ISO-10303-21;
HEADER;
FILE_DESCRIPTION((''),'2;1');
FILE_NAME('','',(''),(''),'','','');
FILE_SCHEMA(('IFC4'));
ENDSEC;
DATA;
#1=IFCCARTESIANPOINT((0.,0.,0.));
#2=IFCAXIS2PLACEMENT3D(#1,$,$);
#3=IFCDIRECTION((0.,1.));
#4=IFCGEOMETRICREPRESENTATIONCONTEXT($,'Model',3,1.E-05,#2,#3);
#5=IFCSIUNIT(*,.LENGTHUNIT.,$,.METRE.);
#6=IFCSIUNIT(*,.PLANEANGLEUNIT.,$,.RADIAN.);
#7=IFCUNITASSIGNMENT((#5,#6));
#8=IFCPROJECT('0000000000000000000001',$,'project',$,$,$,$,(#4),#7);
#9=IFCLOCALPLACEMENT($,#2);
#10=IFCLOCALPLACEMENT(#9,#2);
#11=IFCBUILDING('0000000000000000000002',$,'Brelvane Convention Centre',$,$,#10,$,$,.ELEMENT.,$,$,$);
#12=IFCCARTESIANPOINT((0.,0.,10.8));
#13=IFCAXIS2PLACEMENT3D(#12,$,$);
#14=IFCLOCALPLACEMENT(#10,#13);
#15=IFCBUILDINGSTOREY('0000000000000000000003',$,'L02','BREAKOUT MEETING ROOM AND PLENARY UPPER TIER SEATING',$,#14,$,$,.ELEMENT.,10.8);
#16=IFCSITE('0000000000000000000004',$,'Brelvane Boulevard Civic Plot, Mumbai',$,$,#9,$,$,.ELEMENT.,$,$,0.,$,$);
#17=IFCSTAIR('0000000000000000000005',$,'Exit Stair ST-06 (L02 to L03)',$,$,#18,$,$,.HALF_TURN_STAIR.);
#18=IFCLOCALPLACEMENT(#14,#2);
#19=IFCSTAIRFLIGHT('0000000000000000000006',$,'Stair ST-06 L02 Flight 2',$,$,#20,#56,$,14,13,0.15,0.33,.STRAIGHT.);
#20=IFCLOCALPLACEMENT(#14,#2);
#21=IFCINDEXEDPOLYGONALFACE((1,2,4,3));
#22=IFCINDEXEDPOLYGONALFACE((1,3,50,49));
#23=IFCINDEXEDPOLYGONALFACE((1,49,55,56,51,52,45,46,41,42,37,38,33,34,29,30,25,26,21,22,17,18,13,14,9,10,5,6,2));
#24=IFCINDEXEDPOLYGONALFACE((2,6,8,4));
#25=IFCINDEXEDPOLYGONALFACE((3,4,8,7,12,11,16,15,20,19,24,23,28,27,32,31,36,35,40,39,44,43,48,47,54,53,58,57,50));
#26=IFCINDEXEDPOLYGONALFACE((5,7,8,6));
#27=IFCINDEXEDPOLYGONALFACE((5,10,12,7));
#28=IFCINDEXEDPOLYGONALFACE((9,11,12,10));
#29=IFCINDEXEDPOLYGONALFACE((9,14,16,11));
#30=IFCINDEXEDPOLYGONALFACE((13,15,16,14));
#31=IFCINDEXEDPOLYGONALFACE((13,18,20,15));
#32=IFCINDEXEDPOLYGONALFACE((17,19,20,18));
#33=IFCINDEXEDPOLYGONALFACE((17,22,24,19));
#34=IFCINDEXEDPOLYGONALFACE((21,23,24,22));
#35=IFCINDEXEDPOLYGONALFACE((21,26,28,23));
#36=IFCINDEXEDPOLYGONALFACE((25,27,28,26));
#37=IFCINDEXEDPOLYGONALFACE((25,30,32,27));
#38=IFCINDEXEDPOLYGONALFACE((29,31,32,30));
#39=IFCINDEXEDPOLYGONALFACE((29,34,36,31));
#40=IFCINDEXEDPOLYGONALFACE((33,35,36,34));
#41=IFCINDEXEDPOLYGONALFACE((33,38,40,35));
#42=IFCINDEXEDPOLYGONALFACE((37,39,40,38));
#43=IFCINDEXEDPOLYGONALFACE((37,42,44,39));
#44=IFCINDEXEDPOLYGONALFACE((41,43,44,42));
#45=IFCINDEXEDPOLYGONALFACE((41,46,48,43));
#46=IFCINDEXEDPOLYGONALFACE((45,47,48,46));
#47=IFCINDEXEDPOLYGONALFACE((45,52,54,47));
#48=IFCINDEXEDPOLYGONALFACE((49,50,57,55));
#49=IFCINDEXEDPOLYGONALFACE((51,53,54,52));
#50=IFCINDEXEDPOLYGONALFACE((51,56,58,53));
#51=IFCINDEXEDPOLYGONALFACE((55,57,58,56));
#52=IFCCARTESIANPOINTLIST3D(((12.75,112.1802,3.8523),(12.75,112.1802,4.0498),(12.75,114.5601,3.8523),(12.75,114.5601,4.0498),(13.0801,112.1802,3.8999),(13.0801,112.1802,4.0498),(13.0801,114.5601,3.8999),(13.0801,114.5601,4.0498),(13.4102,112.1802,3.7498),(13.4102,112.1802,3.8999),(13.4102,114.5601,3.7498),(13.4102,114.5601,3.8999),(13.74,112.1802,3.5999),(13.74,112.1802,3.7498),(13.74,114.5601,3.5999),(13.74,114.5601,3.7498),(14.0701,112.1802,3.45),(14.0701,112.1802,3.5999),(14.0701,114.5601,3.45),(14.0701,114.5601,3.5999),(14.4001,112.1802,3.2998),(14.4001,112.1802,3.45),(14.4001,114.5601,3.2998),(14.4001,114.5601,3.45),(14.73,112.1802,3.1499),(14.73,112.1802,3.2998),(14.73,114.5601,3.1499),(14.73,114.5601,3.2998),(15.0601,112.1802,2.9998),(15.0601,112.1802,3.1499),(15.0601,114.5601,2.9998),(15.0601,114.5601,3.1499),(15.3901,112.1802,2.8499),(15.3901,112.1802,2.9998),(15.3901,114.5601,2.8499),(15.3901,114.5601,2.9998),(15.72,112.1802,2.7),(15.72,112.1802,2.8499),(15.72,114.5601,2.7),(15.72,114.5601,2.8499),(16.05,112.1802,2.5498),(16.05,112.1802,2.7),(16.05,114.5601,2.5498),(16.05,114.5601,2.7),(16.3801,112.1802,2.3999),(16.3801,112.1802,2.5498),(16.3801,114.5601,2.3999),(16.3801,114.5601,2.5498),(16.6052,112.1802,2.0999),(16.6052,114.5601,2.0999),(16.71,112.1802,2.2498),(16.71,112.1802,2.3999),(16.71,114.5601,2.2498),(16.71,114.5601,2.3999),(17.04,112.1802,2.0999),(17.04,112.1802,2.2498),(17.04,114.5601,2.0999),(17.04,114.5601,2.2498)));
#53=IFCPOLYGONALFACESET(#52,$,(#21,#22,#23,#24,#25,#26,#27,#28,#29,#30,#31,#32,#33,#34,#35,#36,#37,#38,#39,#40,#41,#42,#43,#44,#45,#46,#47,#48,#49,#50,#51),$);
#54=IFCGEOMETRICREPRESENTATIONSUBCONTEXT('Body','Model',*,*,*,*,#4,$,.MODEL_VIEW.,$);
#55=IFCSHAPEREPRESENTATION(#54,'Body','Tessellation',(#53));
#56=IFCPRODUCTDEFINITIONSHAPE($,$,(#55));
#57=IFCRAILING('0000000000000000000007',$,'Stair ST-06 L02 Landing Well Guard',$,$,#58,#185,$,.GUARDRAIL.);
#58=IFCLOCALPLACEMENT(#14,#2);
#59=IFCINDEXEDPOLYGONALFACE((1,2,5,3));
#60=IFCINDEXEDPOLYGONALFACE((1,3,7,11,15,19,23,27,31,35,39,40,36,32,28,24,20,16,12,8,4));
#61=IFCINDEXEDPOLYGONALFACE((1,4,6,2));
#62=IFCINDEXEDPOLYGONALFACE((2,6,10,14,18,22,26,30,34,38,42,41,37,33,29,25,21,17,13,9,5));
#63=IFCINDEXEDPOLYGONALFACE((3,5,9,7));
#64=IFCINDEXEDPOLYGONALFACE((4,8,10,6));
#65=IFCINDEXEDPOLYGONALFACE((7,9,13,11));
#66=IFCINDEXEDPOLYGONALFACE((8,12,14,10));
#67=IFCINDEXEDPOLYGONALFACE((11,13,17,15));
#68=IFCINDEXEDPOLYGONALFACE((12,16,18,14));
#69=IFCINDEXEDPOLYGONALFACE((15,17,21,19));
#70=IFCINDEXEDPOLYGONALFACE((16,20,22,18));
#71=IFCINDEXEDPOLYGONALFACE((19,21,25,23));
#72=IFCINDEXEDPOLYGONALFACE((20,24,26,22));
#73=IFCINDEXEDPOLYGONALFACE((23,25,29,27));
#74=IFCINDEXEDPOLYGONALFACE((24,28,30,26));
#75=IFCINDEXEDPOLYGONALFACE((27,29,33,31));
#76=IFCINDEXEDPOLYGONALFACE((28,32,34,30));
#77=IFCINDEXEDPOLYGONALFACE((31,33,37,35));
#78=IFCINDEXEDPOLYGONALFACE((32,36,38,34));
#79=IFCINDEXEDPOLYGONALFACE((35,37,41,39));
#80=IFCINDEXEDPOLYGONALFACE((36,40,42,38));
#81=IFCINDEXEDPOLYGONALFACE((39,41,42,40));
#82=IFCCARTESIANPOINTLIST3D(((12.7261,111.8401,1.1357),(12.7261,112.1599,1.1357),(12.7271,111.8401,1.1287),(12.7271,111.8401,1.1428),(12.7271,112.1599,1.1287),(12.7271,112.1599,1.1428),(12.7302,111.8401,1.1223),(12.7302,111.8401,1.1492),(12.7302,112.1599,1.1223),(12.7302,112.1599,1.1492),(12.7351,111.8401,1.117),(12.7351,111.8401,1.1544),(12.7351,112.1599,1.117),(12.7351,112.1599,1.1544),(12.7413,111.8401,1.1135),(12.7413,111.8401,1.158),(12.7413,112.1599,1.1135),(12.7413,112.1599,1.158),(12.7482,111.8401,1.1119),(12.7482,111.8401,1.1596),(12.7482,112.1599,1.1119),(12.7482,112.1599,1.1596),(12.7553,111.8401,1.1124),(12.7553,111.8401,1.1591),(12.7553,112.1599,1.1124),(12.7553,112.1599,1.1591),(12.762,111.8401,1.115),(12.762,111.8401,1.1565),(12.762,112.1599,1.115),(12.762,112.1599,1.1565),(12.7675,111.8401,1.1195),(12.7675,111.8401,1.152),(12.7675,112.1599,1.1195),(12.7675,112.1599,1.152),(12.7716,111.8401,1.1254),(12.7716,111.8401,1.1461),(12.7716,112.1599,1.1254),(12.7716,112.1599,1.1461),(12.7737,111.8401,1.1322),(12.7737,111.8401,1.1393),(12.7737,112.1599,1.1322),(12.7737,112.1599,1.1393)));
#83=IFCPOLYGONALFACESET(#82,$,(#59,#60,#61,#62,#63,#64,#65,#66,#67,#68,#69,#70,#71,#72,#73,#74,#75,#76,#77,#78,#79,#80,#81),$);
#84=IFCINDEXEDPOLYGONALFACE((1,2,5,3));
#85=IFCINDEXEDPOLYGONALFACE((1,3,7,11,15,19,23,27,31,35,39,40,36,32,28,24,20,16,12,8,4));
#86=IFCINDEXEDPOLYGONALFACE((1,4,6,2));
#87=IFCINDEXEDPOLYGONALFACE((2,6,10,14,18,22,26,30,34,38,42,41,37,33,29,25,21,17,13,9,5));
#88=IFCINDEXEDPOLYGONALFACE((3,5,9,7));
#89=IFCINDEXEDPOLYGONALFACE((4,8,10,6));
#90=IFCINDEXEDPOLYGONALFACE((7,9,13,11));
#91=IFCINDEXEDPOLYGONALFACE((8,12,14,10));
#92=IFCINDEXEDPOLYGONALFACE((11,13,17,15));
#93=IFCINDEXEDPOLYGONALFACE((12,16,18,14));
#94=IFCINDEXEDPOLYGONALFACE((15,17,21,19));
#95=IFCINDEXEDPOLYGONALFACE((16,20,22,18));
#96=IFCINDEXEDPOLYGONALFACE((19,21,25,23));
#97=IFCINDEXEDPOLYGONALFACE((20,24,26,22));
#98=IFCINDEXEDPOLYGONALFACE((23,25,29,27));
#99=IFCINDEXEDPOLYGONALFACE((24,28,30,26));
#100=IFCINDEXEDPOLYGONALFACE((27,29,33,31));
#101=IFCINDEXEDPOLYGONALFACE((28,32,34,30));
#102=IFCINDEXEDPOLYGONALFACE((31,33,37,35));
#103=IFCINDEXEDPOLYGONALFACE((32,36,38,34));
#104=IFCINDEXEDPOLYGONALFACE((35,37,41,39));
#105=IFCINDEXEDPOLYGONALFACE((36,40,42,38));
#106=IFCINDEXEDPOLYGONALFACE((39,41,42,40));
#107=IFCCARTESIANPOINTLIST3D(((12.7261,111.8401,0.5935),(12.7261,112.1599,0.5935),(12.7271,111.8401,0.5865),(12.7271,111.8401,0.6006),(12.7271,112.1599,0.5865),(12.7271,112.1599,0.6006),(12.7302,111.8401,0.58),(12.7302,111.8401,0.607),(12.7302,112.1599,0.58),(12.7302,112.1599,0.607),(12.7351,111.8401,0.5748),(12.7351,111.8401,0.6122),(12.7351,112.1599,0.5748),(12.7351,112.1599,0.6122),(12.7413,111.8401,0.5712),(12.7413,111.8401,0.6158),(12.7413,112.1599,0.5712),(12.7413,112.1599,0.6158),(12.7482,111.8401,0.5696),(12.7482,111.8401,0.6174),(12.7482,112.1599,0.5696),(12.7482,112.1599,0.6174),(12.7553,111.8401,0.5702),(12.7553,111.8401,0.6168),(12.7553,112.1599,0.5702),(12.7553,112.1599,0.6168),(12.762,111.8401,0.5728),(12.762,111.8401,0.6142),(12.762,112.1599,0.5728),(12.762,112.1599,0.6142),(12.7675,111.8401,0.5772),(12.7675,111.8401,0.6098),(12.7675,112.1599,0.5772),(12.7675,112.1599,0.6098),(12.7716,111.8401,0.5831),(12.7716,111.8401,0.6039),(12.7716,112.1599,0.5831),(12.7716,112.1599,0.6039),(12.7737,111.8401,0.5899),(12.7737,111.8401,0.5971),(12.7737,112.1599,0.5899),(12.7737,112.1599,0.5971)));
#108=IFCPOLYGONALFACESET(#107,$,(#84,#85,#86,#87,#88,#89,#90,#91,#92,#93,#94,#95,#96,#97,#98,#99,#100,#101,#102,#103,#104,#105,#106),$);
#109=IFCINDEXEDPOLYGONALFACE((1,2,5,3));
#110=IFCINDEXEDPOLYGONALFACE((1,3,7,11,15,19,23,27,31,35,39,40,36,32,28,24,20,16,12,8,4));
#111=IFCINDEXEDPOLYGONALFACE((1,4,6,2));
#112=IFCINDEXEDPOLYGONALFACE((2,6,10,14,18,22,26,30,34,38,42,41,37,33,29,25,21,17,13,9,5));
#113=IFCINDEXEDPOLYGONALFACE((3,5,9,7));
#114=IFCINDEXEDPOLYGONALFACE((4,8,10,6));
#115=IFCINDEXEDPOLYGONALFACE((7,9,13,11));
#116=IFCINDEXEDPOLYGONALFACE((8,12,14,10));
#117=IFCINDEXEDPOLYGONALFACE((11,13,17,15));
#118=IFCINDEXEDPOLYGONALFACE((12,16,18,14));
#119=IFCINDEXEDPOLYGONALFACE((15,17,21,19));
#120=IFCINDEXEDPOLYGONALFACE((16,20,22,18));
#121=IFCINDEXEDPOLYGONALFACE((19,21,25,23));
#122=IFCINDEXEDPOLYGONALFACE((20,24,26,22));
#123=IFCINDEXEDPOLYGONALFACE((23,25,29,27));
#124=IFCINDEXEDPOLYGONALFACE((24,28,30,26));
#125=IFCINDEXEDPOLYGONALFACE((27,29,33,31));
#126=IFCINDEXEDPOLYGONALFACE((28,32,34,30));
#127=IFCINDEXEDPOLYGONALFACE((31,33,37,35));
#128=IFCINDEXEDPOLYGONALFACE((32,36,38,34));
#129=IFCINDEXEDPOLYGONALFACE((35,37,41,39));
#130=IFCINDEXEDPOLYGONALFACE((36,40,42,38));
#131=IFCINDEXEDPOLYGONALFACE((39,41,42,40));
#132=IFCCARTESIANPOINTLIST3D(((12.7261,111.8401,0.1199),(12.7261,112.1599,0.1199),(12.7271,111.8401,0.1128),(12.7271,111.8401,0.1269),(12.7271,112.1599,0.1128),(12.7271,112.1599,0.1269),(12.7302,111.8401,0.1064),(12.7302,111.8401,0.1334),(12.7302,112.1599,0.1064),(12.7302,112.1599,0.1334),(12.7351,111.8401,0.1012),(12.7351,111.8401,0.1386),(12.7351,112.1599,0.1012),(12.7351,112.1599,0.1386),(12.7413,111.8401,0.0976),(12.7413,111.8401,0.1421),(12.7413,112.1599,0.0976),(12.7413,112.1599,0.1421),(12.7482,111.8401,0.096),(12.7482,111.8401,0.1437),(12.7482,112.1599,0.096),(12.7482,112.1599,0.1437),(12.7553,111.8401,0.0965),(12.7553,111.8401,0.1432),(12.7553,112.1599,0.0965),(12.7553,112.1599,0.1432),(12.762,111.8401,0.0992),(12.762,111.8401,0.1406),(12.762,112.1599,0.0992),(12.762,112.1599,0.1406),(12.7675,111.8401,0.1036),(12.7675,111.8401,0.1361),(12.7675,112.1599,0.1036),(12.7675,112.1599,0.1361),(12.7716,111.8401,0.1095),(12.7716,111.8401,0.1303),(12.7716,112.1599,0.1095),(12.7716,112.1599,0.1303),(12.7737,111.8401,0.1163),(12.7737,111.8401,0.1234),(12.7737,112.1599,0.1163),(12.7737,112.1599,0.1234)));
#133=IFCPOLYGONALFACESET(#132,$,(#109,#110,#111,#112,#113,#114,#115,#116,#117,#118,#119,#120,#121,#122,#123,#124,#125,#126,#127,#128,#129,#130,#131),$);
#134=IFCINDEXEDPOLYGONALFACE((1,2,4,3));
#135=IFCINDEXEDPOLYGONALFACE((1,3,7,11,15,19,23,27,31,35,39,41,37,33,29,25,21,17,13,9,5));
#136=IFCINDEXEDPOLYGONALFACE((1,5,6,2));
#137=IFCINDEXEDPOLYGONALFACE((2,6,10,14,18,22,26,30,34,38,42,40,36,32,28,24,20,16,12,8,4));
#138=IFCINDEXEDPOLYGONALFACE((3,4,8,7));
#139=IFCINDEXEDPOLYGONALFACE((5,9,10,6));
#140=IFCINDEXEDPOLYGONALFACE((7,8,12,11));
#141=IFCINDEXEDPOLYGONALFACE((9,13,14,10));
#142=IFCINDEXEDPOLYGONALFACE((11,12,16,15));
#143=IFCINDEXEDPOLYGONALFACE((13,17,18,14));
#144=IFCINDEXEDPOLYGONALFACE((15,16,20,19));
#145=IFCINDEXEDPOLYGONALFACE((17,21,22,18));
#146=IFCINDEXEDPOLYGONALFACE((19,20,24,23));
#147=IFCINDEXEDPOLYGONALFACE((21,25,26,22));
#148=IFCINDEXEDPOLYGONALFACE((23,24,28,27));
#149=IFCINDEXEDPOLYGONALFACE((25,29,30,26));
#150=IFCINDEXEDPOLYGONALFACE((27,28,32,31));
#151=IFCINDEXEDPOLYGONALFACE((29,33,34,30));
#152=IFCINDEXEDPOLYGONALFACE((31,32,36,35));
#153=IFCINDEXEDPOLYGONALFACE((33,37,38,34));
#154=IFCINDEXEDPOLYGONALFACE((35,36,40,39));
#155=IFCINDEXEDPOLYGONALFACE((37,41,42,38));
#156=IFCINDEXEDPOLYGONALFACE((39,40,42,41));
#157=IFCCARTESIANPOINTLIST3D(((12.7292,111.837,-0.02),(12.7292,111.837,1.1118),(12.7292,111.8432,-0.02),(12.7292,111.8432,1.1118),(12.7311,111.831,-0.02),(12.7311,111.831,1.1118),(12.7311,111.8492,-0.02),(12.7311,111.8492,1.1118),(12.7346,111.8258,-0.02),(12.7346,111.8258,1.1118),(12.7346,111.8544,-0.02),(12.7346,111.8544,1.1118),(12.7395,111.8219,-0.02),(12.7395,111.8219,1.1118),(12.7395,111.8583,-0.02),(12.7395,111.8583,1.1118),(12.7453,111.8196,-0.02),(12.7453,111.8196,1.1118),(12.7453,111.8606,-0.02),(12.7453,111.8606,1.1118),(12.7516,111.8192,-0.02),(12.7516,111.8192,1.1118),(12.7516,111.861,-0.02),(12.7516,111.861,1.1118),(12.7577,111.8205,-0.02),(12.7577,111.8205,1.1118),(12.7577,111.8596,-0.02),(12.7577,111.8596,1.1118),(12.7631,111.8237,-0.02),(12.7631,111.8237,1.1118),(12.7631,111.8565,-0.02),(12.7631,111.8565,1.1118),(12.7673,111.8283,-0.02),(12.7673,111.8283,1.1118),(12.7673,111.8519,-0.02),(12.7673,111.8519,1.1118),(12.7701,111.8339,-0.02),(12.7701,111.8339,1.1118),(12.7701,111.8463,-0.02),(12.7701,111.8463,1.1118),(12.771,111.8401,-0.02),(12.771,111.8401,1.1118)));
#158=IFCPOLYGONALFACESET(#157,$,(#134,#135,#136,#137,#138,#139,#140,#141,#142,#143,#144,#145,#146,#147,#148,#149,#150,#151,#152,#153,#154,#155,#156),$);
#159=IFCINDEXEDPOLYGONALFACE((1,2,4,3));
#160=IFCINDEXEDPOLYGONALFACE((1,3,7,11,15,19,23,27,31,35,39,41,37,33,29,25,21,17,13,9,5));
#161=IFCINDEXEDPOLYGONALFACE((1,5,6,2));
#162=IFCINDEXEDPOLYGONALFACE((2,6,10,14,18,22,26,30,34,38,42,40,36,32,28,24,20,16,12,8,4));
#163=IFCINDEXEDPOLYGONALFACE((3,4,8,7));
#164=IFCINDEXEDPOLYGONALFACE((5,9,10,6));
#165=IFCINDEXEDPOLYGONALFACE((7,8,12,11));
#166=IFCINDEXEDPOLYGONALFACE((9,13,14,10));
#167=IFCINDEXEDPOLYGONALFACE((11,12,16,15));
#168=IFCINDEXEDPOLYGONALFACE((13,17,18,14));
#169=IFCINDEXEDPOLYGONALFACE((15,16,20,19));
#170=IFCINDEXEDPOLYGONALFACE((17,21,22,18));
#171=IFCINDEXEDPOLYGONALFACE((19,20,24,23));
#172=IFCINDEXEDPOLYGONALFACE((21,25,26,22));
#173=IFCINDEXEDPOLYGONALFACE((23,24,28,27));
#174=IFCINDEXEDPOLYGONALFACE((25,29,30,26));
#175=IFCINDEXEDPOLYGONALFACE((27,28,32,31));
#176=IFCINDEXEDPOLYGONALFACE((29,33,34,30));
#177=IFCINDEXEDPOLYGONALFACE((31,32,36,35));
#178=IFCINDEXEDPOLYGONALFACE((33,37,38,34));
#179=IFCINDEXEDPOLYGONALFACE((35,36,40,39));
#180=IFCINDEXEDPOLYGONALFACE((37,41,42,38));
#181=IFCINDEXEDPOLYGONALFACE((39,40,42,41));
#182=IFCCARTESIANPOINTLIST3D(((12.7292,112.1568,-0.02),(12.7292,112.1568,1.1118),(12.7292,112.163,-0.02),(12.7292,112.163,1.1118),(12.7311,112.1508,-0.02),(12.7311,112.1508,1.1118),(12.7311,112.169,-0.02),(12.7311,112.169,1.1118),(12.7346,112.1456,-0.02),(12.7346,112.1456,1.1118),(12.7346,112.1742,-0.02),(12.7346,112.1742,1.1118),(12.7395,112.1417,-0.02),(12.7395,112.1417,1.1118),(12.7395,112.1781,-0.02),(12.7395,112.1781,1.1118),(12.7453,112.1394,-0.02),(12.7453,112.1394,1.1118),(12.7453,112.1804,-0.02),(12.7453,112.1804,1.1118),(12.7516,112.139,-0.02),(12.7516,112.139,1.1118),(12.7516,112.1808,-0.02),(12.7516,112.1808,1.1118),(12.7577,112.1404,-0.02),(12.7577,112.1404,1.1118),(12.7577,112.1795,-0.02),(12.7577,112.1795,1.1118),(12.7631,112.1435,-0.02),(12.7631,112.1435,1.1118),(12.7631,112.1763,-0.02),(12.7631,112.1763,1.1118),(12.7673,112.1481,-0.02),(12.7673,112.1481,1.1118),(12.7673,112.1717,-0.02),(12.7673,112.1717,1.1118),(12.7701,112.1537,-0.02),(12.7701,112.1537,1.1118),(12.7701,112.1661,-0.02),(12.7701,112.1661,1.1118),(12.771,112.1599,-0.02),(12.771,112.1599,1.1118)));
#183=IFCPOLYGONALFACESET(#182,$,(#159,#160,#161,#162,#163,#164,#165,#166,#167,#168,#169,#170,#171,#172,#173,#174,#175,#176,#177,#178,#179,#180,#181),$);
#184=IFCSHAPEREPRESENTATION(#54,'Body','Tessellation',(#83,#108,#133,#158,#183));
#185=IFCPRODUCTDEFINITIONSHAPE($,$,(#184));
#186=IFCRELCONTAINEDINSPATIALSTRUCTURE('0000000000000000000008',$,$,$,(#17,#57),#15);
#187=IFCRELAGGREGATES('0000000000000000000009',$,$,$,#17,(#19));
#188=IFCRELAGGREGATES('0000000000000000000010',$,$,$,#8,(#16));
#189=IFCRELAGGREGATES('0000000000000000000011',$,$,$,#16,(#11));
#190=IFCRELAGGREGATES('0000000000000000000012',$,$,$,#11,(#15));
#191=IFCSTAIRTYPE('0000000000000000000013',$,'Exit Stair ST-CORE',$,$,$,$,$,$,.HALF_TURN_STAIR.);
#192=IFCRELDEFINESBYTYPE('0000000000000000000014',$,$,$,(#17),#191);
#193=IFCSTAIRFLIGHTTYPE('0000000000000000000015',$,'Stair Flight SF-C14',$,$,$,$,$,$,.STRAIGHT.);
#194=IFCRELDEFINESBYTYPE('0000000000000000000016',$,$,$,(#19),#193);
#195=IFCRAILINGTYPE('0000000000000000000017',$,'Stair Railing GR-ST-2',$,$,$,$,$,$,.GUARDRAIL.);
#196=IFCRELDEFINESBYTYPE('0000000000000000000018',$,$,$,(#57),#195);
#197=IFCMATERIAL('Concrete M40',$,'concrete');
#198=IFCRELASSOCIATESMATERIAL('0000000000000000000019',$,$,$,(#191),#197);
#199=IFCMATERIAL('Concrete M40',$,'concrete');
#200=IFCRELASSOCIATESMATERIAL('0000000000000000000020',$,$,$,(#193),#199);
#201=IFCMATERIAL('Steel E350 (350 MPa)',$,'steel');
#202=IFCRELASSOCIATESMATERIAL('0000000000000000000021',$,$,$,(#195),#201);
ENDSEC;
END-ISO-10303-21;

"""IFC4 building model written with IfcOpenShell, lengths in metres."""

from ifc_helpers import new_model, si_unit, direction, frame, origin, origin_2d, place, context, subcontext, project, spatial, polyline, circle, outline, extrude, material, type_object, element, aggregate, save


model = new_model("IFC4")

# Units and contexts
model_context = context("Model", 3, precision=1e-05, world=origin(), true_north=direction((0.0, 1.0)))
body_context = subcontext(model_context, "Body", "Model", "MODEL_VIEW")
ifc_project = project(units=[si_unit("LENGTHUNIT", "METRE"), si_unit("PLANEANGLEUNIT", "RADIAN")], contexts=[model_context])

# Site, building, storey
site_placement = place(None, origin())
site = spatial("IfcSite", under=ifc_project, at=site_placement, Name="Brelvane Boulevard Civic Plot, Mumbai", CompositionType="ELEMENT", RefElevation=0.0)
building_placement = place(site_placement, origin())
building = spatial("IfcBuilding", under=site, at=building_placement, Name="Brelvane Convention Centre", CompositionType="ELEMENT")
storey_placement = place(building_placement, frame((0.0, 0.0, 10.8)))
storey = spatial("IfcBuildingStorey", under=building, at=storey_placement, Name="L02", Description="BREAKOUT MEETING ROOM AND PLENARY UPPER TIER SEATING", CompositionType="ELEMENT", Elevation=10.8)

# Stair, stair flight
ifc_material_1 = material(Name="Concrete M40", Category="concrete")
stair_type = type_object("IfcStairType", Name="Exit Stair ST-CORE", PredefinedType="HALF_TURN_STAIR", material=ifc_material_1)
stair_placement = place(storey_placement, origin())
stair = element("IfcStair", 1, at=stair_placement, inside=storey, type_object=stair_type, Name="Exit Stair ST-06 (L02 to L03)", PredefinedType="HALF_TURN_STAIR")
ifc_material_2 = material(Name="Concrete M40", Category="concrete")
stair_flight_type = type_object("IfcStairFlightType", Name="Stair Flight SF-C14", PredefinedType="STRAIGHT", material=ifc_material_2)
stair_flight_1_placement = place(storey_placement, frame((17.04, 113.3701, 2.0999), z_axis=(0.0, 0.0, 1.0), x_axis=(-1.0, 0.0, 0.0)))
stair_flight_1 = element("IfcStairFlight", 2, at=stair_flight_1_placement, type_object=stair_flight_type, Name="Stair ST-06 L02 Flight 2", NumberOfRisers=14, NumberOfTreads=13, PredefinedType="STRAIGHT", RiserHeight=0.15, TreadLength=0.33, context=body_context, shape_type="SweptSolid", body=[
    extrude(outline(polyline([(0.0, 0.0), (0.0, 0.1499), (0.3301, 0.1499), (0.3301, 0.3), (0.6599, 0.3), (0.6599, 0.45), (0.99, 0.45), (0.99, 0.6001), (1.3201, 0.6001), (1.3201, 0.75), (1.6499, 0.75), (1.6499, 0.8999), (1.98, 0.8999), (1.98, 1.05), (2.3101, 1.05), (2.3101, 1.2), (2.6399, 1.2), (2.6399, 1.3501), (2.97, 1.3501), (2.97, 1.5), (3.3, 1.5), (3.3, 1.6499), (3.6299, 1.6499), (3.6299, 1.8), (3.96, 1.8), (3.96, 1.95), (4.29, 1.95), (4.29, 2.1001), (4.29, 1.7524), (0.4348, 0.0), (0.0, 0.0)])), frame((0.0, 1.1899, 0.0), z_axis=(0.0, -1.0, 0.0), x_axis=(1.0, 0.0, 0.0)), (0.0, 0.0, 1.0), 2.3799),
])
aggregate(stair, [stair_flight_1])

# Railing
ifc_material_3 = material(Name="Steel E350 (350 MPa)", Category="steel")
railing_type_1 = type_object("IfcRailingType", Name="Stair Railing GR-ST-2", PredefinedType="GUARDRAIL", material=ifc_material_3)
railing_1_placement = place(storey_placement, frame((12.75, 111.8401, -0.02)))
element("IfcRailing", 3, at=railing_1_placement, inside=storey, type_object=railing_type_1, Name="Stair ST-06 L02 Landing Well Guard", PredefinedType="GUARDRAIL", context=body_context, shape_type="SweptSolid", body=[
    extrude(circle(Radius=0.0239, at=origin_2d()), frame((0.0, 0.0, 1.1558), z_axis=(0.0, 1.0, 0.0), x_axis=(-1.0, 0.0, 0.0)), (0.0, 0.0, 1.0), 0.3198),
    extrude(circle(Radius=0.0239, at=origin_2d()), frame((0.0, 0.0, 0.6135), z_axis=(0.0, 1.0, 0.0), x_axis=(-1.0, 0.0, 0.0)), (0.0, 0.0, 1.0), 0.3198),
    extrude(circle(Radius=0.0239, at=origin_2d()), frame((0.0, 0.0, 0.1399), z_axis=(0.0, 1.0, 0.0), x_axis=(-1.0, 0.0, 0.0)), (0.0, 0.0, 1.0), 0.3198),
    extrude(circle(Radius=0.021, at=origin_2d()), origin(), (0.0, 0.0, 1.0), 1.1318),
    extrude(circle(Radius=0.021, at=origin_2d()), frame((0.0, 0.3198, 0.0)), (0.0, 0.0, 1.0), 1.1318),
])

save(model, "model.ifc")
